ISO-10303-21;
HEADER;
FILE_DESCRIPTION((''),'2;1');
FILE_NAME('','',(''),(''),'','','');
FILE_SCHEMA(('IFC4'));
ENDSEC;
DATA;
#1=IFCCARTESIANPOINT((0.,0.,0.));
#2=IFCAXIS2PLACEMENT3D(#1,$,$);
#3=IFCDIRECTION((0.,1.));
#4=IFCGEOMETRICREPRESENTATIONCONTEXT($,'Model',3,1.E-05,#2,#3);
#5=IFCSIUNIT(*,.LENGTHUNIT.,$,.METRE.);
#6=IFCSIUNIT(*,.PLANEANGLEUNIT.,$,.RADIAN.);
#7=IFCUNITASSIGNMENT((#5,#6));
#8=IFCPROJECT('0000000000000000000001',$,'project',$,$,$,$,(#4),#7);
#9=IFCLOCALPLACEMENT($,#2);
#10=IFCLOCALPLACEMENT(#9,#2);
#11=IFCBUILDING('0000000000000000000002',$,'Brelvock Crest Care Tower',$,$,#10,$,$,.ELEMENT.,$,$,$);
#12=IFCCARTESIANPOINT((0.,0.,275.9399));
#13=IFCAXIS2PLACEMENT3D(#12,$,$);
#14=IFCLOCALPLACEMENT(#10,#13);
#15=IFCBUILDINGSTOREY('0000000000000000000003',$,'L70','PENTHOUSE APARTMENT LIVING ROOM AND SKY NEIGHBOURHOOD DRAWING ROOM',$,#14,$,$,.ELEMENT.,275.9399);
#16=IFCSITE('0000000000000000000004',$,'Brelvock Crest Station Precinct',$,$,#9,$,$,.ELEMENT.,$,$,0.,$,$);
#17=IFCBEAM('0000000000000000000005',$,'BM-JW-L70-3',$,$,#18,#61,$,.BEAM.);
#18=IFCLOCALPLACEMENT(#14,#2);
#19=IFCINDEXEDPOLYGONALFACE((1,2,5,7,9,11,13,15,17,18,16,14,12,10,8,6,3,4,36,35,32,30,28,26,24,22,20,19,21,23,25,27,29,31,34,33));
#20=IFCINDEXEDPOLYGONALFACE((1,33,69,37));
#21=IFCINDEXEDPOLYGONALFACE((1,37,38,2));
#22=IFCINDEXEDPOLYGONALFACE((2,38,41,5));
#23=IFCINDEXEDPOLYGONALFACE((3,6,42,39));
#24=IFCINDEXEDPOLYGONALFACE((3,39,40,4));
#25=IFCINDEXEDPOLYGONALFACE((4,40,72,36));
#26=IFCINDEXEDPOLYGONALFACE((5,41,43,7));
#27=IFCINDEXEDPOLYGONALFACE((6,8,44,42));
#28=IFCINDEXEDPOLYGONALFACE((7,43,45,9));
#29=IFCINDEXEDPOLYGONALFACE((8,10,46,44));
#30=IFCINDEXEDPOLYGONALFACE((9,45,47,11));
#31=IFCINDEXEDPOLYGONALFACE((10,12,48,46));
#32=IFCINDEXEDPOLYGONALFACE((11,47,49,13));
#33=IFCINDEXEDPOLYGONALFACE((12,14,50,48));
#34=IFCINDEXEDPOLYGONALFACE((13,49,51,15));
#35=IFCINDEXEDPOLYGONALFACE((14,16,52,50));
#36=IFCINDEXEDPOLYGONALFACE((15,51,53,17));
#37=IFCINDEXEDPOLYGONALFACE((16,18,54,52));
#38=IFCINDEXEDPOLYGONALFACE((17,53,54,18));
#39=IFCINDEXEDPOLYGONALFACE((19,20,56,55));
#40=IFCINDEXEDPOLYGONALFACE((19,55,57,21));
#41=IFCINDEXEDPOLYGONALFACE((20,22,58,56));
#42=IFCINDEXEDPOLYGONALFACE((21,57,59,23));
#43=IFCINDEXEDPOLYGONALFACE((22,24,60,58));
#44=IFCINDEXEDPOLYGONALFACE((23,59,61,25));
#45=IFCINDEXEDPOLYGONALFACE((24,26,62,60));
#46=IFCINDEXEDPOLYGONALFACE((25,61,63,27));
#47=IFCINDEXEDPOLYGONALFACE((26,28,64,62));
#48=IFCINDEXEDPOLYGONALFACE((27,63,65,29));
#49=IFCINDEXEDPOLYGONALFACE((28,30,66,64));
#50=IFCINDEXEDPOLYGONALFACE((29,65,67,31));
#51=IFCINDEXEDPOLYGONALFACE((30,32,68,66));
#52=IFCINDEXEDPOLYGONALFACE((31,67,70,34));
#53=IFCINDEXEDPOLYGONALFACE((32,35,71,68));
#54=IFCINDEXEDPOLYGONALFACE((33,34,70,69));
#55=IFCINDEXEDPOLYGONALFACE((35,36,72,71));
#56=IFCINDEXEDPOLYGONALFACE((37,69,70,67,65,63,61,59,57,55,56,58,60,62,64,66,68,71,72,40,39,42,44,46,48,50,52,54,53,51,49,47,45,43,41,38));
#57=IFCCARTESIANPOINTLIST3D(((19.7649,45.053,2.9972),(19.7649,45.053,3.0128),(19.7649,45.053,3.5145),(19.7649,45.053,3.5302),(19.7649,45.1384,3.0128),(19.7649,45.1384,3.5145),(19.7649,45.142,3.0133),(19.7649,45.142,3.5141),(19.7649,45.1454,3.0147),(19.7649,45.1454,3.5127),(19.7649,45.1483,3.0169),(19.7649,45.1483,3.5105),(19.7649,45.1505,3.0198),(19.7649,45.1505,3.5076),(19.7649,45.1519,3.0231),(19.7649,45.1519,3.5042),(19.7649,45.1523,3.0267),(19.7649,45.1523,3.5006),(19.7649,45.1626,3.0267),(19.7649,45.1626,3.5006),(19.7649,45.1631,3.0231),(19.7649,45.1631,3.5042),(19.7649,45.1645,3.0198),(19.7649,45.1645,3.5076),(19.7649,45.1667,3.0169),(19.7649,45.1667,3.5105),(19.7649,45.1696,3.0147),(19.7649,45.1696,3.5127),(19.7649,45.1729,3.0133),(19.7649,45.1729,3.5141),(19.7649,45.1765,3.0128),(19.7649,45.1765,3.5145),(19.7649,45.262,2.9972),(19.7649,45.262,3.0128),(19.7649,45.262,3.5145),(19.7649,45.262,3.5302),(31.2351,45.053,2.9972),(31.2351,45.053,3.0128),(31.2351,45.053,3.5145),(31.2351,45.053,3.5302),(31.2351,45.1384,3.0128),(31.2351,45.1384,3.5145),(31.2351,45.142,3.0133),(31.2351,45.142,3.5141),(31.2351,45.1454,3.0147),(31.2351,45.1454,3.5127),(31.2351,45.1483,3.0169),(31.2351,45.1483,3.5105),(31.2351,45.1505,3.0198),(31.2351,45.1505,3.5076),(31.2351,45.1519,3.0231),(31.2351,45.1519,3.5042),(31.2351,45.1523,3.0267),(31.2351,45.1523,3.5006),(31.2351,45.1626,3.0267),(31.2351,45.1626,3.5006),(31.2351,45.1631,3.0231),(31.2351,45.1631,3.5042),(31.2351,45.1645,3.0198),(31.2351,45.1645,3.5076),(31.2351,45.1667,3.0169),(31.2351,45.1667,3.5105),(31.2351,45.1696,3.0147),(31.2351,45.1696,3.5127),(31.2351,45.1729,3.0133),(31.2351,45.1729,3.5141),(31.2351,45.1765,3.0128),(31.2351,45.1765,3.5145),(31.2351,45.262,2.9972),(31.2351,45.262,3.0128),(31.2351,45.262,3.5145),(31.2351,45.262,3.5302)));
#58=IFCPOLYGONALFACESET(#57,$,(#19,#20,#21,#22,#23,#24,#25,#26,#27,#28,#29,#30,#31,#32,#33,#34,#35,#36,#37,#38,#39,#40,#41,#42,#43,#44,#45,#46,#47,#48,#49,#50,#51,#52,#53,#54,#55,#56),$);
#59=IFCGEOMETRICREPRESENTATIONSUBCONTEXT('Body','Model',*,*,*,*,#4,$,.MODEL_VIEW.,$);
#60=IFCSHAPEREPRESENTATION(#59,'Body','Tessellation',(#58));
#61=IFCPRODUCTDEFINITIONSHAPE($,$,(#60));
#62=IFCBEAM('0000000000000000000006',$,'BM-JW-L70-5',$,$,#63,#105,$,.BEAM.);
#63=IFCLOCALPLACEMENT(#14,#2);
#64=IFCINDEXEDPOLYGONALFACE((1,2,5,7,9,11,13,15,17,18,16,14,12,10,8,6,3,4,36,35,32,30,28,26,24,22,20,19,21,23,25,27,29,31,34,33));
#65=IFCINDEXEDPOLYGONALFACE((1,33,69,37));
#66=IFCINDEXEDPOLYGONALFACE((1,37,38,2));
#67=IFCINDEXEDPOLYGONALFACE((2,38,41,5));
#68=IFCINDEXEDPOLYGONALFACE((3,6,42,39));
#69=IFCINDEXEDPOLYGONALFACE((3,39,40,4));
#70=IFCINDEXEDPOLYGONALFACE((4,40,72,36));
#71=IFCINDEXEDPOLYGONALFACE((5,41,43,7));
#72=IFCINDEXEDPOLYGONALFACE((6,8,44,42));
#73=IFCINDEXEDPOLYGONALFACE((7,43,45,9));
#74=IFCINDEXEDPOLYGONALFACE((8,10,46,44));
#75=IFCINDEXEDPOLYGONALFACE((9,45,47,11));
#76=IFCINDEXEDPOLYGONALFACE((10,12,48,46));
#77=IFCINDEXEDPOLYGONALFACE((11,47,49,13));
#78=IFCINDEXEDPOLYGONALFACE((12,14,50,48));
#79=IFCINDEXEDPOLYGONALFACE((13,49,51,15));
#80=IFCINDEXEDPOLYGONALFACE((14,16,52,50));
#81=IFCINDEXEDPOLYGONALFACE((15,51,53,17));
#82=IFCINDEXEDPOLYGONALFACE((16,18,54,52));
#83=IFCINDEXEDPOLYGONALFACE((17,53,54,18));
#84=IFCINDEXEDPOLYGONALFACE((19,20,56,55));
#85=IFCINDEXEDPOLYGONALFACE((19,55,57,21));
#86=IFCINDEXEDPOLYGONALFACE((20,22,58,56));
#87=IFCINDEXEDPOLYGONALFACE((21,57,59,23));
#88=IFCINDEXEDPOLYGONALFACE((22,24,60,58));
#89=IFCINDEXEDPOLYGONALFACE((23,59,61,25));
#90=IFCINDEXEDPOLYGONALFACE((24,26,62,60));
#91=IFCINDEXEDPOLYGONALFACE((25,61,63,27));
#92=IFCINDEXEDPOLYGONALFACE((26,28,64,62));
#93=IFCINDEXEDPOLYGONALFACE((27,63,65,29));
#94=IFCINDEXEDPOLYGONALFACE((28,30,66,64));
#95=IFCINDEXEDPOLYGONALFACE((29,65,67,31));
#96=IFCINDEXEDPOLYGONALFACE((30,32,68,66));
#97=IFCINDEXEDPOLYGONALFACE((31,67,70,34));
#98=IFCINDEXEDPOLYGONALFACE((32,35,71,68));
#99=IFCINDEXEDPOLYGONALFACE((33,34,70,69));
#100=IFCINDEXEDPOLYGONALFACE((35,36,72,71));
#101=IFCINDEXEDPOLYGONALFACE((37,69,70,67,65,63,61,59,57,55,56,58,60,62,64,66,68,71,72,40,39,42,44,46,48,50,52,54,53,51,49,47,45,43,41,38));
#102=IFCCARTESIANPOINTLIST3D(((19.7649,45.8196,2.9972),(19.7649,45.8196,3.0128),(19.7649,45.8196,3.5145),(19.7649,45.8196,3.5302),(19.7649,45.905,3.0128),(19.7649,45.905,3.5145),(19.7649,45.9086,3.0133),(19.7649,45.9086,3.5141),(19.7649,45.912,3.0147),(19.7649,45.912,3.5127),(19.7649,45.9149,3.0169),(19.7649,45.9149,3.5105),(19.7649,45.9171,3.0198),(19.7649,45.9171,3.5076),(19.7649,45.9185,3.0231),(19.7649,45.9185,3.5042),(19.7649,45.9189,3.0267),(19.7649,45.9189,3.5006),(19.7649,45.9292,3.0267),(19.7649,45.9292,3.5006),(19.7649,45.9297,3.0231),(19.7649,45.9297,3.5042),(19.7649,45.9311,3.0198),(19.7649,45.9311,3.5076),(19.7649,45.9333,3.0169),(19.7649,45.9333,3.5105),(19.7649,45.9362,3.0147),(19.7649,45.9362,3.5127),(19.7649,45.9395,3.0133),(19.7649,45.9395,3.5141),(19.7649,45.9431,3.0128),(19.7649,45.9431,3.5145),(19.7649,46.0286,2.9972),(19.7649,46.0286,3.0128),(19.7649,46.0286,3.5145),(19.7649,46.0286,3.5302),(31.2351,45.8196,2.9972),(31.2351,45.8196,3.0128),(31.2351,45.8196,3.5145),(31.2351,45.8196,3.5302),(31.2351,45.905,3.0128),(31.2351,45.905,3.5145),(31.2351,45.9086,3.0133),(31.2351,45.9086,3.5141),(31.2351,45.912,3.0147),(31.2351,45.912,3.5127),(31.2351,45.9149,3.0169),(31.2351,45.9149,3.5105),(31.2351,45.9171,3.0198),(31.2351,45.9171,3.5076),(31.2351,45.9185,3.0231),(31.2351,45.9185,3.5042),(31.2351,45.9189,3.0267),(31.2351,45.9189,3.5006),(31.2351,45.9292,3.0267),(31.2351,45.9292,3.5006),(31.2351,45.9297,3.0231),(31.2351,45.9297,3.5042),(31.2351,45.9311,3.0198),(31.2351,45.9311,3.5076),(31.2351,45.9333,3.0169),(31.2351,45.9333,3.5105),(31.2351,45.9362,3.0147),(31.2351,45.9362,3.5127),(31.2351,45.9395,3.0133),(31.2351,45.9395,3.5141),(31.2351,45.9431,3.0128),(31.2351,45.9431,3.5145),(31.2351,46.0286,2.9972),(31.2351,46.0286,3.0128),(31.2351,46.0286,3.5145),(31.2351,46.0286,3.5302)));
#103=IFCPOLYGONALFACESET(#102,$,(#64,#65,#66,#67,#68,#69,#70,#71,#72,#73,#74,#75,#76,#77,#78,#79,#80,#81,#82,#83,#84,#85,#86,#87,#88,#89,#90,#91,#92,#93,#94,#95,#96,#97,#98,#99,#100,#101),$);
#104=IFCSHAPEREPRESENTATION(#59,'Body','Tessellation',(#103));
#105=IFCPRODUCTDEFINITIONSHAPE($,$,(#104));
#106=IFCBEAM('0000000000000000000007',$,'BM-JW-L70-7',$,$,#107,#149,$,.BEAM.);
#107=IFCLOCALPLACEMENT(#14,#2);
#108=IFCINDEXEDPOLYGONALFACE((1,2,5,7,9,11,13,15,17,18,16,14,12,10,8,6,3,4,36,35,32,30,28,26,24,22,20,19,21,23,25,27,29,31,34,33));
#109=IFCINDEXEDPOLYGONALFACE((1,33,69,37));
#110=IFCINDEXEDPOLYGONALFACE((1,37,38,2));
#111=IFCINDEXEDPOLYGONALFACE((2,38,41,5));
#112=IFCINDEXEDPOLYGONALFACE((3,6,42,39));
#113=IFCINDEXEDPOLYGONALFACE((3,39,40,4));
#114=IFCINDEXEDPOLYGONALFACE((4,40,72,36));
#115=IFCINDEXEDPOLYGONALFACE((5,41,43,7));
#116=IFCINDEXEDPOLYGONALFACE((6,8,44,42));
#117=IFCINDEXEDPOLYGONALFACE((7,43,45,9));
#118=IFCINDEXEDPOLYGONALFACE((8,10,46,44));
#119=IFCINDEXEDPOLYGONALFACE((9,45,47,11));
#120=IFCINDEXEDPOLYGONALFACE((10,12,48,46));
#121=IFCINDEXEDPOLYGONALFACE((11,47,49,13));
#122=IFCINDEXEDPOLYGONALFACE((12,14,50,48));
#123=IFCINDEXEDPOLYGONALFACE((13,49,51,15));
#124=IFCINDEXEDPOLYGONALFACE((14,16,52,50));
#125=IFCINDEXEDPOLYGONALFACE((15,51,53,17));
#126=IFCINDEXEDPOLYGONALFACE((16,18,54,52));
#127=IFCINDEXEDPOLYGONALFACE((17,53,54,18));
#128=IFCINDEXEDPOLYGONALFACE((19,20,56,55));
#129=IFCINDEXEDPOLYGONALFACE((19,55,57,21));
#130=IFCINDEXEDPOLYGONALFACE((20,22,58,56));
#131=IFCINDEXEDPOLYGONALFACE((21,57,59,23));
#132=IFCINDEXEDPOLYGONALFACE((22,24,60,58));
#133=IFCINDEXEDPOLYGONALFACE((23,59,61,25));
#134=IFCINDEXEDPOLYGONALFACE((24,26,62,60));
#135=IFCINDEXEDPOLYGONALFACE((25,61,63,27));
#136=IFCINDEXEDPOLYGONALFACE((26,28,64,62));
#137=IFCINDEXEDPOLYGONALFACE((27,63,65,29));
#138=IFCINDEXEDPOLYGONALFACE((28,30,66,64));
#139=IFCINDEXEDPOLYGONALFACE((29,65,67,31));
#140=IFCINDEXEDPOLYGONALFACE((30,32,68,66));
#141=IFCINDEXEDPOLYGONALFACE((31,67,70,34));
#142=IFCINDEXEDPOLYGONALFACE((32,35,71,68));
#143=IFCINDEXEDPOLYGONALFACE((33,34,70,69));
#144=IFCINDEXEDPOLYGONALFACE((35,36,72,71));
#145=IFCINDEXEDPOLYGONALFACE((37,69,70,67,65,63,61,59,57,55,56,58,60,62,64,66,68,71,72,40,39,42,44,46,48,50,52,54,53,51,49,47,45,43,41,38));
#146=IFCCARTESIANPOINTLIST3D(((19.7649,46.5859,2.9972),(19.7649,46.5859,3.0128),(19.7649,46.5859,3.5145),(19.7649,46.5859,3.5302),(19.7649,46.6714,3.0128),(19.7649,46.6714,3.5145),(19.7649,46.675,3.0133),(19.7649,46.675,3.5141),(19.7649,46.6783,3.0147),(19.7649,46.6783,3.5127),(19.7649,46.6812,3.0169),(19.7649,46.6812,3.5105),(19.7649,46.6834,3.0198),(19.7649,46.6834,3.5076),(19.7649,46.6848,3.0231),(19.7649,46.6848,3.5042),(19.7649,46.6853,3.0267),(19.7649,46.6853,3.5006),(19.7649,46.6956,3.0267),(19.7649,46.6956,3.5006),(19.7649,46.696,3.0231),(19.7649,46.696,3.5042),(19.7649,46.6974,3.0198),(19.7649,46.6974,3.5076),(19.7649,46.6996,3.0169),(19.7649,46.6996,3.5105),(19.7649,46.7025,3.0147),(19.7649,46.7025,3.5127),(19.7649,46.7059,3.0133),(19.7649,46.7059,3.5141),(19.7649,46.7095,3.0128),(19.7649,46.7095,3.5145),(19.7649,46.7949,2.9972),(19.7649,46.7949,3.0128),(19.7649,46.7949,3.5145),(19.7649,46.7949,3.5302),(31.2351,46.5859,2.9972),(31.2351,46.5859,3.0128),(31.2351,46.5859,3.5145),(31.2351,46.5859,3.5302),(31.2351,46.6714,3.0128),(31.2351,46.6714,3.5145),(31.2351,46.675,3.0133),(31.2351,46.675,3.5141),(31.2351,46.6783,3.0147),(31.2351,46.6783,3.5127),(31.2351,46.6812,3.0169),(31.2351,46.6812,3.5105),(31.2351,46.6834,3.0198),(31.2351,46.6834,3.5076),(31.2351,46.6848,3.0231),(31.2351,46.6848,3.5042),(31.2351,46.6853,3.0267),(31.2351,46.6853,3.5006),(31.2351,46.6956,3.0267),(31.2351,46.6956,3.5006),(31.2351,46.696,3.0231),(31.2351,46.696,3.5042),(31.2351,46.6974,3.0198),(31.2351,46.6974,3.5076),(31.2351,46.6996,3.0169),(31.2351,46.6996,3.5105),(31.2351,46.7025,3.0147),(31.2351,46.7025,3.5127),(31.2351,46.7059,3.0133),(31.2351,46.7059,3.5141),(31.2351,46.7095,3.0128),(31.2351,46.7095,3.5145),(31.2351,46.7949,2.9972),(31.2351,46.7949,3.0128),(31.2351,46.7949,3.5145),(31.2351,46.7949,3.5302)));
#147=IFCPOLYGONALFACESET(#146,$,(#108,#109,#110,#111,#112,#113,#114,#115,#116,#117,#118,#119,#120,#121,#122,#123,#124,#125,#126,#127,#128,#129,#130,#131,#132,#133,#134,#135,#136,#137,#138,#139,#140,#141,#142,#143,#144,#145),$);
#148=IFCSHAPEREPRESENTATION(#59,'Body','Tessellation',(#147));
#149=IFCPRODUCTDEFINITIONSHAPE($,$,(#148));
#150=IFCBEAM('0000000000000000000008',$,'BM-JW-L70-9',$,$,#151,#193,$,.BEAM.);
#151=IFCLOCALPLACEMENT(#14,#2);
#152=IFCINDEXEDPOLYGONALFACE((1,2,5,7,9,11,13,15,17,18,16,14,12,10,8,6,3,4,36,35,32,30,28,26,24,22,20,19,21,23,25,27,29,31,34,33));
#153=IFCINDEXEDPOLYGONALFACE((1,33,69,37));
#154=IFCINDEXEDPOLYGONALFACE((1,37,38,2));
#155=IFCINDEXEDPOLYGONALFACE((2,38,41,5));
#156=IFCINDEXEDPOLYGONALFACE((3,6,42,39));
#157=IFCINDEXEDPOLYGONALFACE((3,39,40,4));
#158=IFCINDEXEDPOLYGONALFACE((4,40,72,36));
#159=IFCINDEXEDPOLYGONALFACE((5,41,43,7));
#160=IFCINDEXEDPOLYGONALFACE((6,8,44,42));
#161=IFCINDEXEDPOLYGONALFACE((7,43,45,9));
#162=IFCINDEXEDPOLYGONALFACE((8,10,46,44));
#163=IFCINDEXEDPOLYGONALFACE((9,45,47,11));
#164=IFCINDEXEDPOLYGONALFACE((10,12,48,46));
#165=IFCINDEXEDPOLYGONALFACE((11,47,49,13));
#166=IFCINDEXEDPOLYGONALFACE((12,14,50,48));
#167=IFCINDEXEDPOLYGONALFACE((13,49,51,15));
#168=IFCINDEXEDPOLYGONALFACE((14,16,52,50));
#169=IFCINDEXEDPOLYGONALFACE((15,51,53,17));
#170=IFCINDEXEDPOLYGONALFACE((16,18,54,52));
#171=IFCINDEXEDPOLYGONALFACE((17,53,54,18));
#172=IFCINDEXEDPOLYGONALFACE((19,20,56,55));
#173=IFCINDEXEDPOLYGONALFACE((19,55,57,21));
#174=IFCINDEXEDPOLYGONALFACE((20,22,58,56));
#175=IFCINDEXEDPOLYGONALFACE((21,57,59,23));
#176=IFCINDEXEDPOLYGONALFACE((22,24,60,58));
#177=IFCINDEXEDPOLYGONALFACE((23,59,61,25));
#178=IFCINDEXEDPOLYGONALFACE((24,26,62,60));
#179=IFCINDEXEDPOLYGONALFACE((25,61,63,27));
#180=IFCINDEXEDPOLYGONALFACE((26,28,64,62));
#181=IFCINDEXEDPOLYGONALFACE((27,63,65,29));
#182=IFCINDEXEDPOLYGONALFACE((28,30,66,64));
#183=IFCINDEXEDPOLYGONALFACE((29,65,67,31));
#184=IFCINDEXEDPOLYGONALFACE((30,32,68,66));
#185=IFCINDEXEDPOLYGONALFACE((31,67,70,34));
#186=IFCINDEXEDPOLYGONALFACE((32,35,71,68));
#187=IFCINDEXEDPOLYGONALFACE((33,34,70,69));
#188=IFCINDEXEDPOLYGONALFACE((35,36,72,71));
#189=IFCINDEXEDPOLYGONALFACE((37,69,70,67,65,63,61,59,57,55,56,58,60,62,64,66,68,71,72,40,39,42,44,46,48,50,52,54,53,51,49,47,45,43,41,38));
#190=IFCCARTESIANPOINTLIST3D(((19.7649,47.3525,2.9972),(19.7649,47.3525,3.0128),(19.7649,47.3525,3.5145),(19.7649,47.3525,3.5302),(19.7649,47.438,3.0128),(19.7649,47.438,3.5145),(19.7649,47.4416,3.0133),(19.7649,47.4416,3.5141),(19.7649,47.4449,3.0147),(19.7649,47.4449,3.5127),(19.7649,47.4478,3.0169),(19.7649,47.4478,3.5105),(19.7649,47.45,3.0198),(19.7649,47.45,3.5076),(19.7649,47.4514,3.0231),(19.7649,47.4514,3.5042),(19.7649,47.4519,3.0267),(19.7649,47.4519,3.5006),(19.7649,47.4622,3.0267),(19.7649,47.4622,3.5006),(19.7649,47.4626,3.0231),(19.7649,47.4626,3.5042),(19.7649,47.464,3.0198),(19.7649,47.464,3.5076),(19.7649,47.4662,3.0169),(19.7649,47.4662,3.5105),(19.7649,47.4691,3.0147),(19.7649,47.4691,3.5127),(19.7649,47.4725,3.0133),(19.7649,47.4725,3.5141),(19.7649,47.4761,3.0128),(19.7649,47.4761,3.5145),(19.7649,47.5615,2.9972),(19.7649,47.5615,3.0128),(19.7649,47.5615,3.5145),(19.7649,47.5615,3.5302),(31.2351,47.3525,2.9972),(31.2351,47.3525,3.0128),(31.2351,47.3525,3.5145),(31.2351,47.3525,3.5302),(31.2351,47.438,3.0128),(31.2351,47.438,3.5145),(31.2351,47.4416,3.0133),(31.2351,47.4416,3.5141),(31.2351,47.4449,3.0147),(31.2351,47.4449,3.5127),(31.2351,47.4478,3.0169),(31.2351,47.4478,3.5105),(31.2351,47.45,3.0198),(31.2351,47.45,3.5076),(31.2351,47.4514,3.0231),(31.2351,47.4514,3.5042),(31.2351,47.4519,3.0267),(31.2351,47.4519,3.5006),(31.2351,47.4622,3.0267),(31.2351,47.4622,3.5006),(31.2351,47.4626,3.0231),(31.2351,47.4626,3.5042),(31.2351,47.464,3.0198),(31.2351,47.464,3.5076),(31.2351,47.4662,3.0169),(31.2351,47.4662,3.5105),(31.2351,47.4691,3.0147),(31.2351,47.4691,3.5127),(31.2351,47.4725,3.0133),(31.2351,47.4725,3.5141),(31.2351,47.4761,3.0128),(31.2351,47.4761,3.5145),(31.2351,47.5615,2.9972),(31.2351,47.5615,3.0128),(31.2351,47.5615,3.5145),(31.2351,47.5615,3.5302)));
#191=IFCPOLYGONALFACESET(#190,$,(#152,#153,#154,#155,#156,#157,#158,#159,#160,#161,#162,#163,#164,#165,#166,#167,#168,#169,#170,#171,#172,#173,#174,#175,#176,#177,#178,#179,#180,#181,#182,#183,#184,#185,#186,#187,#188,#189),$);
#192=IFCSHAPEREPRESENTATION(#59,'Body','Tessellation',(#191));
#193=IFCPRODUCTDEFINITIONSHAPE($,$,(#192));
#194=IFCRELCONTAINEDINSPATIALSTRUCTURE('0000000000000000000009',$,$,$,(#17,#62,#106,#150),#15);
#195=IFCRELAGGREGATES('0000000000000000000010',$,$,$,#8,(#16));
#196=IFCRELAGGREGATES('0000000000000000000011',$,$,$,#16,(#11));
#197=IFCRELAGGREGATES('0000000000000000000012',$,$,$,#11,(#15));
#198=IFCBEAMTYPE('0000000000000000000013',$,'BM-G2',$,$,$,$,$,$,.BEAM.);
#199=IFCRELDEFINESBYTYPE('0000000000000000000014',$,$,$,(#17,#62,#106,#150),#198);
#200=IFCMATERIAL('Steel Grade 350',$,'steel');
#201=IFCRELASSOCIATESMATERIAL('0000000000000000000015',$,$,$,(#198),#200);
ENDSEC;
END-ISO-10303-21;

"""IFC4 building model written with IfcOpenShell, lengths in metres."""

from ifc_helpers import new_model, si_unit, direction, frame, origin, origin_2d, place, context, subcontext, project, spatial, i_section, extrude, source, transform, mapped, material, material_profile, profile_set, type_object, element, save


model = new_model("IFC4")

# Units and contexts
model_context = context("Model", 3, precision=1e-05, world=origin(), true_north=direction((0.0, 1.0)))
body_context = subcontext(model_context, "Body", "Model", "MODEL_VIEW")
ifc_project = project(units=[si_unit("LENGTHUNIT", "METRE"), si_unit("PLANEANGLEUNIT", "RADIAN")], contexts=[model_context])

# Site, building, storey
site_placement = place(None, origin())
site = spatial("IfcSite", under=ifc_project, at=site_placement, Name="Brelvock Crest Station Precinct", CompositionType="ELEMENT", RefElevation=0.0)
building_placement = place(site_placement, origin())
building = spatial("IfcBuilding", under=site, at=building_placement, Name="Brelvock Crest Care Tower", CompositionType="ELEMENT")
storey_placement = place(building_placement, frame((0.0, 0.0, 275.9399)))
storey = spatial("IfcBuildingStorey", under=building, at=storey_placement, Name="L70", Description="PENTHOUSE APARTMENT LIVING ROOM AND SKY NEIGHBOURHOOD DRAWING ROOM", CompositionType="ELEMENT", Elevation=275.9399)

# Beams
ifc_material_1 = material(Name="Steel Grade 350", Category="steel")
ifc_material_profile_1 = material_profile(ifc_material_1, i_section(OverallWidth=0.209, OverallDepth=0.533, WebThickness=0.0103, FlangeThickness=0.0156, FilletRadius=0.0139, at=origin_2d()), Name="530UB92.4")
ifc_profile_set_1 = profile_set([ifc_material_profile_1], Name="Steel Grade 350")
beam_type_1 = type_object("IfcBeamType", Name="BM-G2", PredefinedType="BEAM", material=ifc_profile_set_1)
shared_shape_1 = source(origin(), body_context, "Body", "SweptSolid", [
    extrude(i_section(OverallWidth=0.209, OverallDepth=0.533, WebThickness=0.0103, FlangeThickness=0.0156, FilletRadius=0.0139, at=origin_2d()), origin(), (0.0, 0.0, 1.0), 11.4702),
])
for number, where, z_axis, x_axis, name in (
    (1, (19.7649, 45.1575, 3.2637), (1.0, 0.0, 0.0), (0.0, 1.0, 0.0), "BM-JW-L70-3"),
    (2, (19.7649, 45.9241, 3.2637), (1.0, 0.0, 0.0), (0.0, 1.0, 0.0), "BM-JW-L70-5"),
    (3, (19.7649, 46.6904, 3.2637), (1.0, 0.0, 0.0), (0.0, 1.0, 0.0), "BM-JW-L70-7"),
    (4, (19.7649, 47.457, 3.2637), (1.0, 0.0, 0.0), (0.0, 1.0, 0.0), "BM-JW-L70-9"),
):
    element("IfcBeam", number, at=place(storey_placement, frame(where, z_axis=z_axis, x_axis=x_axis)), inside=storey, type_object=beam_type_1, Name=name, PredefinedType="BEAM", context=body_context, shape_type="MappedRepresentation", body=[
        mapped(shared_shape_1, transform((0.0, 0.0, 0.0), x_axis=(1.0, 0.0, 0.0), y_axis=(0.0, 1.0, 0.0), z_axis=(0.0, 0.0, 1.0), scale=1.0)),
    ])

save(model, "model.ifc")
